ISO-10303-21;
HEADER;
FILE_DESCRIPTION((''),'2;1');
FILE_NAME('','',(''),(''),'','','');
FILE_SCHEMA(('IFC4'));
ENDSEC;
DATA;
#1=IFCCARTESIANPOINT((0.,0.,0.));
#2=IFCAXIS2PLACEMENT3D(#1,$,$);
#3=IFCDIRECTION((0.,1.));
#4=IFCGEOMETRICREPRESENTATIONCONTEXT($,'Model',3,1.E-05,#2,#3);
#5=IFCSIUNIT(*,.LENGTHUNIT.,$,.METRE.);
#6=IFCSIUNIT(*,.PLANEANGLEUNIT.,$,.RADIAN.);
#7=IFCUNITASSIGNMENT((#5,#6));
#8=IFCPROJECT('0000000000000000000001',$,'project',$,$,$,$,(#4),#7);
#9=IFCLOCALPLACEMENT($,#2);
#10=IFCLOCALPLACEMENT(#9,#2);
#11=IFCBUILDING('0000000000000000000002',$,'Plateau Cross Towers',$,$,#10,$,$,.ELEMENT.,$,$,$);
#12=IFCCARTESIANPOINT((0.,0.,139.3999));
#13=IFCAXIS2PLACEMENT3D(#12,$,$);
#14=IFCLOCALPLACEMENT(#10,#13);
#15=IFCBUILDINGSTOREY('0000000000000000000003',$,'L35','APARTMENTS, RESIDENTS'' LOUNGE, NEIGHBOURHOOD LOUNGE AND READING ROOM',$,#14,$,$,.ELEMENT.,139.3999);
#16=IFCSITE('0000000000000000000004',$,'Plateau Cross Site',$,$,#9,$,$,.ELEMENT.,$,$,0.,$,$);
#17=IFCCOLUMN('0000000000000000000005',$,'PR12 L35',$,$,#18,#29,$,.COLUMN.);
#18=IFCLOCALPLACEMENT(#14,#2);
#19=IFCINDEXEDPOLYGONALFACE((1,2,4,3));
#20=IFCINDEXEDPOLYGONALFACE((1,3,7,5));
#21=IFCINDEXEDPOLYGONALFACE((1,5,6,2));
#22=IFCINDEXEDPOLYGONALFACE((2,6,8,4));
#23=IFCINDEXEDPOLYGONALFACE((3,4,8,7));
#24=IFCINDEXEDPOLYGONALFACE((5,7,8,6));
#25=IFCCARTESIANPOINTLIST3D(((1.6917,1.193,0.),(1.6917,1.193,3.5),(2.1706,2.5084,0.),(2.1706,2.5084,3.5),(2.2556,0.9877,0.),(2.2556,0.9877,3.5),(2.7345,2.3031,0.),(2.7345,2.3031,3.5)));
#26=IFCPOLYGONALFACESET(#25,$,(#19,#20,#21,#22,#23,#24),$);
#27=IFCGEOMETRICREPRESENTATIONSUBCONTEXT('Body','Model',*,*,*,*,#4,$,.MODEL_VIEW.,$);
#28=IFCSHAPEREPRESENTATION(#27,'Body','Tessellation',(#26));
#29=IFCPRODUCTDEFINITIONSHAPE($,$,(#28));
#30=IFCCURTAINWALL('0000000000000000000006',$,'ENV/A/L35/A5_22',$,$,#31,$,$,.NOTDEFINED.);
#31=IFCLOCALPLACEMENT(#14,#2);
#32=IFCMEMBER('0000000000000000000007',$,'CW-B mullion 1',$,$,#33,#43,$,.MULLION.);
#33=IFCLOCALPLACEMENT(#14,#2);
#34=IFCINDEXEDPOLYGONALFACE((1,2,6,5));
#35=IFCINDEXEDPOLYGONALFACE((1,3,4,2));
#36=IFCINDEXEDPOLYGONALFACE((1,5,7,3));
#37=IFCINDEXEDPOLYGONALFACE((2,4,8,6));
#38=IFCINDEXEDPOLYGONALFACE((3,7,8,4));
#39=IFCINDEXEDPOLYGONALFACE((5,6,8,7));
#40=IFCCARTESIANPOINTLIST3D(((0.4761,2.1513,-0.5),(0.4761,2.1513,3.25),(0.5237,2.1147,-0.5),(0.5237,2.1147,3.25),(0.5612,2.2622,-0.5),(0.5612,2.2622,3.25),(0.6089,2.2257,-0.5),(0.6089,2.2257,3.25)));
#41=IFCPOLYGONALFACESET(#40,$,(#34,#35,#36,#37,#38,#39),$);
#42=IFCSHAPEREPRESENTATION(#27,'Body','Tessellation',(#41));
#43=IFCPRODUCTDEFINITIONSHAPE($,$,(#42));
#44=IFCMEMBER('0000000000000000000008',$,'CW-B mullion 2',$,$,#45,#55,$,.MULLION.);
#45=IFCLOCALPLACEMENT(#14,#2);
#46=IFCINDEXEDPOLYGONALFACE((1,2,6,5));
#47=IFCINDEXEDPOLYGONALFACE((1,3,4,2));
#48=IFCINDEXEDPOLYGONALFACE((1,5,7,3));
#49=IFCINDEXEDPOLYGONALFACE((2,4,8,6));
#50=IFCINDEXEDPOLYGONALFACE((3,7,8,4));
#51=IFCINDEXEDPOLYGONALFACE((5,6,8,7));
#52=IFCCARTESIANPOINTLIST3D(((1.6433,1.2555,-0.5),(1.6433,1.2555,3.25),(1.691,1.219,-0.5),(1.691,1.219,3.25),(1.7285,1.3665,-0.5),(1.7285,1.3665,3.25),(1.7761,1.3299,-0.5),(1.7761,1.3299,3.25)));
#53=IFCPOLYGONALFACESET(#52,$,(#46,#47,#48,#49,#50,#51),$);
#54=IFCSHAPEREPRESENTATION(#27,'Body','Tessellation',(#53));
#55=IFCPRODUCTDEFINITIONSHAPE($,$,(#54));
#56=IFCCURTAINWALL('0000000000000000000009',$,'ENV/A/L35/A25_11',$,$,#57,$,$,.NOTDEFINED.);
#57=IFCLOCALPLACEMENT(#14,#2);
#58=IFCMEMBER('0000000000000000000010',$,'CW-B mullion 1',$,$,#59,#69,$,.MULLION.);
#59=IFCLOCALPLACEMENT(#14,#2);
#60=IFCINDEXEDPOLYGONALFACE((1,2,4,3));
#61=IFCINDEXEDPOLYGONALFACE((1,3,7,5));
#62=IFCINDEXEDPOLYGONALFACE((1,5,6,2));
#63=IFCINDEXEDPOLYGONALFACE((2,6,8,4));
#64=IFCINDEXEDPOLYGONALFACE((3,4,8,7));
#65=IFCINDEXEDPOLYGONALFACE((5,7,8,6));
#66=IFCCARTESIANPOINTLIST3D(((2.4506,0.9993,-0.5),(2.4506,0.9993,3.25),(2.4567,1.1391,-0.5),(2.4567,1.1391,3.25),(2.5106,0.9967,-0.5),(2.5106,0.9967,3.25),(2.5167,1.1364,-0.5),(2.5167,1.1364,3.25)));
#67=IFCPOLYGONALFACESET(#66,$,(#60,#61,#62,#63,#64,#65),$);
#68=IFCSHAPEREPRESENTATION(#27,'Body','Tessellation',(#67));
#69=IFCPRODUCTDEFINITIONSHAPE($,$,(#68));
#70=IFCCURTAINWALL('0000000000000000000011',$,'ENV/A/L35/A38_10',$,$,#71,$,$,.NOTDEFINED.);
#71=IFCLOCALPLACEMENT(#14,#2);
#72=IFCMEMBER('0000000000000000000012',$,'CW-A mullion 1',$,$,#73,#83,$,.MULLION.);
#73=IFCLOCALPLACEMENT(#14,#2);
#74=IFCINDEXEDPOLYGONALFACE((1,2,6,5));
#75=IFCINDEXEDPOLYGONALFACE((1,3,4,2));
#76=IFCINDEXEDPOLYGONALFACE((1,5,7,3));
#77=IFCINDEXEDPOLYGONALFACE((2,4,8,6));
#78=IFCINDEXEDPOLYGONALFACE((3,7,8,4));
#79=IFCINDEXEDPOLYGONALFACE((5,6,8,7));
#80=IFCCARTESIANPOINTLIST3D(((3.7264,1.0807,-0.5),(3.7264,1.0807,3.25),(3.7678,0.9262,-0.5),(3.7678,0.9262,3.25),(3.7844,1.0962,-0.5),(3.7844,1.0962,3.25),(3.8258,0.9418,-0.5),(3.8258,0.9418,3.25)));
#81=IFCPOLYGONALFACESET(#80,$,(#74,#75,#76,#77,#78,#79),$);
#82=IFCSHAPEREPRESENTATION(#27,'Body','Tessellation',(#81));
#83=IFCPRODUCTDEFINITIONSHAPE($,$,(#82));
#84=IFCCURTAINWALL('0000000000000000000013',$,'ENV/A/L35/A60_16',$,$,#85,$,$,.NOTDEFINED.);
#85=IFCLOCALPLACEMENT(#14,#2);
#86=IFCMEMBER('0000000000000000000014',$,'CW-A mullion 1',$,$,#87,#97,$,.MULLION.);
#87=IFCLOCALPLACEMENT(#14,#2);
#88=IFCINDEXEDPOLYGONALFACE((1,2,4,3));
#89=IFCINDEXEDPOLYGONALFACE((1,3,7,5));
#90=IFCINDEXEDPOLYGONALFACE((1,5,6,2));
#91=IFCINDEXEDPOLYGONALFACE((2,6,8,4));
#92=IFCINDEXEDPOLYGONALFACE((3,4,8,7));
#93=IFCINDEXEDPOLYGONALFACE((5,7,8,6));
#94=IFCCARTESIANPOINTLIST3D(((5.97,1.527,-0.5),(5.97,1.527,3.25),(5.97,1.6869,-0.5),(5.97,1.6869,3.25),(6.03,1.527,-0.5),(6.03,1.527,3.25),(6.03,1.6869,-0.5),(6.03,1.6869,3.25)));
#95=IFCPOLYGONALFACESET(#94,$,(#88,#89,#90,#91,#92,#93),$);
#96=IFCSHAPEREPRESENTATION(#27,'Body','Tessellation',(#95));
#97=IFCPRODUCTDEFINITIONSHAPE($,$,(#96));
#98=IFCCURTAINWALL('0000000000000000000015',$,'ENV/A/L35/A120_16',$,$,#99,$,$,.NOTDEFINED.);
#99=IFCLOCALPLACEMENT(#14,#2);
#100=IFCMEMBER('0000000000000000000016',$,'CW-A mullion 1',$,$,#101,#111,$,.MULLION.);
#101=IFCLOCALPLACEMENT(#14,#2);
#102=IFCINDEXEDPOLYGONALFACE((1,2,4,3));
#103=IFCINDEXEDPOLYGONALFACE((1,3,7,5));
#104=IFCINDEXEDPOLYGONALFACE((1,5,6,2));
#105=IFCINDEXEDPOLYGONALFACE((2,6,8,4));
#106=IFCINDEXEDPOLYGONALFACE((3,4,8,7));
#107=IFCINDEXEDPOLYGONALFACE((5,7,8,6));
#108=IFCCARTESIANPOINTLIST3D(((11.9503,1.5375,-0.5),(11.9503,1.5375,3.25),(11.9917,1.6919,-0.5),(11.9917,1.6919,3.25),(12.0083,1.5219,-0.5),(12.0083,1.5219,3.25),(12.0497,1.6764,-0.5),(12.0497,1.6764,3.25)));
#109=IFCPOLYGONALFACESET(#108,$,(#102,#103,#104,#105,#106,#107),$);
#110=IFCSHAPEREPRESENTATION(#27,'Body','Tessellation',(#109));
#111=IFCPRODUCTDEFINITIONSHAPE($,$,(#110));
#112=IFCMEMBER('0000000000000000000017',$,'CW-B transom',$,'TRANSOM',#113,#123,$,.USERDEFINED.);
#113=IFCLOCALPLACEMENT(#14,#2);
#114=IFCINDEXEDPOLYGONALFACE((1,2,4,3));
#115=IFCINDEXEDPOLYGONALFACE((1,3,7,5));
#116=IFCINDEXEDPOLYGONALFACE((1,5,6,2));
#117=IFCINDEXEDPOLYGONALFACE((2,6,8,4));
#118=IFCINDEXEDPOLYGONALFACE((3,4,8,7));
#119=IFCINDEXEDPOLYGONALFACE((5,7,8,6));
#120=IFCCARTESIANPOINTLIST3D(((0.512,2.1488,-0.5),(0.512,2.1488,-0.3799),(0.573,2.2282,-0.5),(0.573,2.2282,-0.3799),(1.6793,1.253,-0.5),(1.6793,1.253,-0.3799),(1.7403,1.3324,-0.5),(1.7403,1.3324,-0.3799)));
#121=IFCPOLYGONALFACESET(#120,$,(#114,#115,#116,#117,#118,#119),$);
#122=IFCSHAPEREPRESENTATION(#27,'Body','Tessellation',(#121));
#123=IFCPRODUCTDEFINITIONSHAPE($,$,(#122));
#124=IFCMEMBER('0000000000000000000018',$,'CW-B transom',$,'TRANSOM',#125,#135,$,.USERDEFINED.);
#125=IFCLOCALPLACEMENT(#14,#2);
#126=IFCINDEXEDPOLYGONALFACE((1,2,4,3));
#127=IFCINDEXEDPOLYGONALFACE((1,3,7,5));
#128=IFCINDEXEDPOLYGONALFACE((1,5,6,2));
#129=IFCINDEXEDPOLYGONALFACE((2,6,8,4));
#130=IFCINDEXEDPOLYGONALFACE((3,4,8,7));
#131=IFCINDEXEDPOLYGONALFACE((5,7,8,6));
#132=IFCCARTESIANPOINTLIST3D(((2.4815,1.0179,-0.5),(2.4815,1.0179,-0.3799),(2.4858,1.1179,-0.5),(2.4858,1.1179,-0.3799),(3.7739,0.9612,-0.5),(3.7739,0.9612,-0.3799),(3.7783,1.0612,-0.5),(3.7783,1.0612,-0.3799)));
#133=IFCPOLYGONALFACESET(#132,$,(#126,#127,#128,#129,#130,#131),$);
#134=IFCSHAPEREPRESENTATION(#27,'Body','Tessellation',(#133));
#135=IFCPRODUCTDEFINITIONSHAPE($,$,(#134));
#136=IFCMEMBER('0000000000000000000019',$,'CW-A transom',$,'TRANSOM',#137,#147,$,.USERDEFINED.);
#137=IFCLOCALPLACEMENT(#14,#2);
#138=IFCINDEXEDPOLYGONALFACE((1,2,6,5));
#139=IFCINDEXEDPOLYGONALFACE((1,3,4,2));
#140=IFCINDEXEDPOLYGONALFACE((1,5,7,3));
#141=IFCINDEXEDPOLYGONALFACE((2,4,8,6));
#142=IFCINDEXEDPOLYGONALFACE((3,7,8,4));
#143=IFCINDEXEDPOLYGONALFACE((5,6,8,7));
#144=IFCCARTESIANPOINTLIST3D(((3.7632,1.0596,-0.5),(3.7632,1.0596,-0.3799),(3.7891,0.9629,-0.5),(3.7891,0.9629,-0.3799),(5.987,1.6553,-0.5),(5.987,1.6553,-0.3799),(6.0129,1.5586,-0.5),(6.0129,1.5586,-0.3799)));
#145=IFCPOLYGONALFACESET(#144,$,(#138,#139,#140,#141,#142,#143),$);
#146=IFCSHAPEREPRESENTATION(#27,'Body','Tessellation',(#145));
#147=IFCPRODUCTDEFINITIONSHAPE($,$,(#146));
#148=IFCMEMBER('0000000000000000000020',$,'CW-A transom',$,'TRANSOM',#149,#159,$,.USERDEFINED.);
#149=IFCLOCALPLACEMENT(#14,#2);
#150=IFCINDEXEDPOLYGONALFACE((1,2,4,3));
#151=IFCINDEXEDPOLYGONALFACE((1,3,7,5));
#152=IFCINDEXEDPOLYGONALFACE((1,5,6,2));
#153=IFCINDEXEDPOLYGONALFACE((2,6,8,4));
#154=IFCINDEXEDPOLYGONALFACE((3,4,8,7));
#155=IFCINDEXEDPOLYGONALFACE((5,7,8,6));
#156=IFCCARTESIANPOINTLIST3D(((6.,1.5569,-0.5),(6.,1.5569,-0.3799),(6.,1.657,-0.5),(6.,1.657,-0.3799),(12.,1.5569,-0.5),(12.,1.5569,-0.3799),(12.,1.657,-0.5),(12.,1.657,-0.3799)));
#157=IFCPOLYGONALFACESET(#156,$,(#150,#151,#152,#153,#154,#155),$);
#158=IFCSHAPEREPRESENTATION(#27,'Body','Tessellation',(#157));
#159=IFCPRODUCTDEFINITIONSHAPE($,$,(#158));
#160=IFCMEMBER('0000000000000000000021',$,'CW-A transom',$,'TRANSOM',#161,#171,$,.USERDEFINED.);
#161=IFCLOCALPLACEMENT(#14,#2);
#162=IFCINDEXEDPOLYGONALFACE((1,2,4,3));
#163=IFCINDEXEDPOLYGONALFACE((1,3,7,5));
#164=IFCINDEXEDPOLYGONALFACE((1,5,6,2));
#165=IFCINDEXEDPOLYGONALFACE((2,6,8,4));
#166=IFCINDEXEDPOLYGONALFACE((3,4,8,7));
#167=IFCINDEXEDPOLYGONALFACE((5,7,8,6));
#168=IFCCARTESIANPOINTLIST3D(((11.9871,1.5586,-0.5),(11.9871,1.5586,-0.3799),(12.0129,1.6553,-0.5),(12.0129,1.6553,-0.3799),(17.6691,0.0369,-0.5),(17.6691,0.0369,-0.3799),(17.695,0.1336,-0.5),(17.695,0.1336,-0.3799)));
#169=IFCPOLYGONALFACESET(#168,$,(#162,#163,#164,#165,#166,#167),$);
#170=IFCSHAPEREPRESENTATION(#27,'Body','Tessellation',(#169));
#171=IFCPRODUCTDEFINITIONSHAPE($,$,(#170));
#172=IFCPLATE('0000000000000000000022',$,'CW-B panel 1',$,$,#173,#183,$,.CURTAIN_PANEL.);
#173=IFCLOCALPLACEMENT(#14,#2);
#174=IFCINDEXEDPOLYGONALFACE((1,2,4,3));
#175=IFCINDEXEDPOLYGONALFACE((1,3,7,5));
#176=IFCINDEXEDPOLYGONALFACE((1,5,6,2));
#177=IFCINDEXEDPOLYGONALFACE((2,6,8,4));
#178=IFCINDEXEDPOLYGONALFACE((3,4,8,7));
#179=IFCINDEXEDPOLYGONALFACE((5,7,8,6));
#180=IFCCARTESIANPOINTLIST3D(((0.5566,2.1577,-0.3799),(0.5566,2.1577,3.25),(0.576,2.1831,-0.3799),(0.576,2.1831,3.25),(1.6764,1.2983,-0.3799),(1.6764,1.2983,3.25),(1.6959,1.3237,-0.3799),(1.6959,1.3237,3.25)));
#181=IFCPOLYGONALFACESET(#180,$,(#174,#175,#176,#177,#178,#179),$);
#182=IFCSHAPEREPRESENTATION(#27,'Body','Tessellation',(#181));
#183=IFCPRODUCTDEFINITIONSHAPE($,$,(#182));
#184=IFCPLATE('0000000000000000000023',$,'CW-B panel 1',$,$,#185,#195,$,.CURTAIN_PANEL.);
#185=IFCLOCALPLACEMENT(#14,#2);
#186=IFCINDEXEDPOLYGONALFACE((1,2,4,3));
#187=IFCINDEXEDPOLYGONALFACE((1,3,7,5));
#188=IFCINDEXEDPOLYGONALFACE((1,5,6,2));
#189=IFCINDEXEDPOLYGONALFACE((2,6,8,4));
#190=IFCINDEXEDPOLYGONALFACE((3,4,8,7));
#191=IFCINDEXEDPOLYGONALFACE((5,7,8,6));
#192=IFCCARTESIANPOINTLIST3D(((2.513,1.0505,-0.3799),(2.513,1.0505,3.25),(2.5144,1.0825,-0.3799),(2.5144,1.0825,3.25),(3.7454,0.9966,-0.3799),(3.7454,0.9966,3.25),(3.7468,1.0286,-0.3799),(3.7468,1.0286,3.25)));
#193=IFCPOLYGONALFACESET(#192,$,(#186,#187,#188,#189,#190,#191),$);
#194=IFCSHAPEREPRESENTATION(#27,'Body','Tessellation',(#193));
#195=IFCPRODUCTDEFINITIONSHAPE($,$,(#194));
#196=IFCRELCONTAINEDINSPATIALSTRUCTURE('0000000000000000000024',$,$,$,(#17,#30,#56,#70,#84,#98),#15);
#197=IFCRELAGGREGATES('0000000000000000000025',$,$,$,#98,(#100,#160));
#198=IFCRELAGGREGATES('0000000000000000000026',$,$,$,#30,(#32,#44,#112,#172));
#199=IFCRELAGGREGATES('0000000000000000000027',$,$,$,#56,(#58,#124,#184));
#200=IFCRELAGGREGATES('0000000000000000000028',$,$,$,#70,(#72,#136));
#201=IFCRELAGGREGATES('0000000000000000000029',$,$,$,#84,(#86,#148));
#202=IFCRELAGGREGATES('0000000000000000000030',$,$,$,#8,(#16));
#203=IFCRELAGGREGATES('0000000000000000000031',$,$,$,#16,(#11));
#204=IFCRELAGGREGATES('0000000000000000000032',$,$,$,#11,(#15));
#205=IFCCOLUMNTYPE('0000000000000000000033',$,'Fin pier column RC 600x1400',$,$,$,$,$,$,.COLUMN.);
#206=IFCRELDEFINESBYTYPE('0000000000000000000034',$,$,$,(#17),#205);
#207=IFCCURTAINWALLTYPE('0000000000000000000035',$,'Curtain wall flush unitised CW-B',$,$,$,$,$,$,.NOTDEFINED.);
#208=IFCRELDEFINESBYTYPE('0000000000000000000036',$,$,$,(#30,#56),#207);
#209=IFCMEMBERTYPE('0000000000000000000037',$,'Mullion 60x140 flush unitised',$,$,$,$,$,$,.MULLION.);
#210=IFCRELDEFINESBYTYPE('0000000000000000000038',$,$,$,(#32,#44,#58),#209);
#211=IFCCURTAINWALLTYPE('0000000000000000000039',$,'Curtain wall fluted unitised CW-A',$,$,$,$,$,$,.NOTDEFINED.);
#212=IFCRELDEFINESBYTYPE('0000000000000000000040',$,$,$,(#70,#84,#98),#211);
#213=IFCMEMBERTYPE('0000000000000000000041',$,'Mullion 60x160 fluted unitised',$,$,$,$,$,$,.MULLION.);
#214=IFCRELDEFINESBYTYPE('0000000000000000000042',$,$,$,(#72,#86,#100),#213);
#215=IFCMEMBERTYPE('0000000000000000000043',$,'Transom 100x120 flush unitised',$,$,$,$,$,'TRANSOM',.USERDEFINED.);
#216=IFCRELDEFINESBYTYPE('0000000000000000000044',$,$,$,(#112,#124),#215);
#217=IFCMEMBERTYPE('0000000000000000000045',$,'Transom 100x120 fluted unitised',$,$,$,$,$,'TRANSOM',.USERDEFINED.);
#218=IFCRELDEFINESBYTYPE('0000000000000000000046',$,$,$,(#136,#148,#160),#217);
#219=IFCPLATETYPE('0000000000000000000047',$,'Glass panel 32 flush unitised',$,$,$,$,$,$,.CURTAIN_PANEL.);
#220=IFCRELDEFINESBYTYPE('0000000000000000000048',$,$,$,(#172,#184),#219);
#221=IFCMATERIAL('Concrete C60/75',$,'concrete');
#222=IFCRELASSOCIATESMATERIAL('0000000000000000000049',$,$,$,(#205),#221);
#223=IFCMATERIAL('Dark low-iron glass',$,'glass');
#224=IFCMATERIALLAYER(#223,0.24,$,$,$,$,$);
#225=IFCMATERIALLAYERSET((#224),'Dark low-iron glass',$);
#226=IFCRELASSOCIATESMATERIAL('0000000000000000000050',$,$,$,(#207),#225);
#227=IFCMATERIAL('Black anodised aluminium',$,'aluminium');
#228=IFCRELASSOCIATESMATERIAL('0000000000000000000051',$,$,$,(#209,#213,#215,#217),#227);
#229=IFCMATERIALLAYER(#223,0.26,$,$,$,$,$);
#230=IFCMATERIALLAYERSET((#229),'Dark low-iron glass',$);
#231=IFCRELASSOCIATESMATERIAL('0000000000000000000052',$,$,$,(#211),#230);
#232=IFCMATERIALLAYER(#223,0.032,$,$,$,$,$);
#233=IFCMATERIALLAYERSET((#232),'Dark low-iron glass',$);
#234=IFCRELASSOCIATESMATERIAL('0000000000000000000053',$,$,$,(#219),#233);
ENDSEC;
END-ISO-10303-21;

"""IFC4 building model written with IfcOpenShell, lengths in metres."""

from ifc_helpers import new_model, si_unit, direction, frame, origin, origin_2d, place, context, subcontext, project, spatial, rectangle, extrude, material, layer, layer_set, material_profile, profile_set, type_object, element, aggregate, save


model = new_model("IFC4")

# Units and contexts
model_context = context("Model", 3, precision=1e-05, world=origin(), true_north=direction((0.0, 1.0)))
body_context = subcontext(model_context, "Body", "Model", "MODEL_VIEW")
ifc_project = project(units=[si_unit("LENGTHUNIT", "METRE"), si_unit("PLANEANGLEUNIT", "RADIAN")], contexts=[model_context])

# Site, building, storey
site_placement = place(None, origin())
site = spatial("IfcSite", under=ifc_project, at=site_placement, Name="Plateau Cross Site", CompositionType="ELEMENT", RefElevation=0.0)
building_placement = place(site_placement, origin())
building = spatial("IfcBuilding", under=site, at=building_placement, Name="Plateau Cross Towers", CompositionType="ELEMENT")
storey_placement = place(building_placement, frame((0.0, 0.0, 139.3999)))
storey = spatial("IfcBuildingStorey", under=building, at=storey_placement, Name="L35", Description="APARTMENTS, RESIDENTS' LOUNGE, NEIGHBOURHOOD LOUNGE AND READING ROOM", CompositionType="ELEMENT", Elevation=139.3999)

# Column
ifc_material_1 = material(Name="Concrete C60/75", Category="concrete")
ifc_material_profile_1 = material_profile(ifc_material_1, rectangle(XDim=0.6001, YDim=1.3999, at=origin_2d()), Name="RC 600x1400")
ifc_profile_set_1 = profile_set([ifc_material_profile_1], Name="Concrete C60/75")
column_type = type_object("IfcColumnType", Name="Fin pier column RC 600x1400", PredefinedType="COLUMN", material=ifc_profile_set_1)
column_placement = place(storey_placement, frame((2.2131, 1.748, 0.0), z_axis=(0.0, 0.0, 1.0), x_axis=(-0.939664, 0.342098, 0.0)))
element("IfcColumn", 1, at=column_placement, inside=storey, type_object=column_type, Name="PR12 L35", PredefinedType="COLUMN", context=body_context, shape_type="SweptSolid", body=[
    extrude(rectangle(XDim=0.6001, YDim=1.3999, at=origin_2d()), origin(), (0.0, 0.0, 1.0), 3.5),
])

# Curtain wall, members
ifc_material_2 = material(Name="Dark low-iron glass", Category="glass")
ifc_layer_1 = layer(ifc_material_2, 0.24)
ifc_layer_set_1 = layer_set([ifc_layer_1], Name="Dark low-iron glass")
curtain_wall_type_1 = type_object("IfcCurtainWallType", Name="Curtain wall flush unitised CW-B", PredefinedType="NOTDEFINED", material=ifc_layer_set_1)
curtain_wall_1_placement = place(storey_placement, origin())
curtain_wall_1 = element("IfcCurtainWall", 2, at=curtain_wall_1_placement, inside=storey, type_object=curtain_wall_type_1, Name="ENV/A/L35/A5_22", PredefinedType="NOTDEFINED")
ifc_material_3 = material(Name="Black anodised aluminium", Category="aluminium")
ifc_material_profile_2 = material_profile(ifc_material_3, rectangle(XDim=0.0601, YDim=0.1399, at=origin_2d()), Name="MULLION 60x140")
ifc_profile_set_2 = profile_set([ifc_material_profile_2], Name="Black anodised aluminium")
member_type_1 = type_object("IfcMemberType", Name="Mullion 60x140 flush unitised", PredefinedType="MULLION", material=ifc_profile_set_2)
member_1_placement = place(storey_placement, frame((0.5425, 2.1885, -0.5), z_axis=(0.0, 0.0, 1.0), x_axis=(0.793316, -0.608811, 0.0)))
member_1 = element("IfcMember", 3, at=member_1_placement, type_object=member_type_1, Name="CW-B mullion 1", PredefinedType="MULLION", context=body_context, shape_type="SweptSolid", body=[
    extrude(rectangle(XDim=0.0601, YDim=0.1399, at=origin_2d()), origin(), (0.0, 0.0, 1.0), 3.75),
])
member_2_placement = place(storey_placement, frame((1.7097, 1.2927, -0.5), z_axis=(0.0, 0.0, 1.0), x_axis=(0.793316, -0.608811, 0.0)))
member_2 = element("IfcMember", 4, at=member_2_placement, type_object=member_type_1, Name="CW-B mullion 2", PredefinedType="MULLION", context=body_context, shape_type="SweptSolid", body=[
    extrude(rectangle(XDim=0.0601, YDim=0.1399, at=origin_2d()), origin(), (0.0, 0.0, 1.0), 3.75),
])

# Curtain walls, members
curtain_wall_2_placement = place(storey_placement, origin())
curtain_wall_2 = element("IfcCurtainWall", 5, at=curtain_wall_2_placement, inside=storey, type_object=curtain_wall_type_1, Name="ENV/A/L35/A25_11", PredefinedType="NOTDEFINED")
member_3_placement = place(storey_placement, frame((2.4836, 1.0679, -0.5), z_axis=(0.0, 0.0, 1.0), x_axis=(0.999044, -0.043723, 0.0)))
member_3 = element("IfcMember", 6, at=member_3_placement, type_object=member_type_1, Name="CW-B mullion 1", PredefinedType="MULLION", context=body_context, shape_type="SweptSolid", body=[
    extrude(rectangle(XDim=0.0601, YDim=0.1399, at=origin_2d()), origin(), (0.0, 0.0, 1.0), 3.75),
])
ifc_layer_2 = layer(ifc_material_2, 0.26)
ifc_layer_set_2 = layer_set([ifc_layer_2], Name="Dark low-iron glass")
curtain_wall_type_2 = type_object("IfcCurtainWallType", Name="Curtain wall fluted unitised CW-A", PredefinedType="NOTDEFINED", material=ifc_layer_set_2)
curtain_wall_3_placement = place(storey_placement, origin())
curtain_wall_3 = element("IfcCurtainWall", 7, at=curtain_wall_3_placement, inside=storey, type_object=curtain_wall_type_2, Name="ENV/A/L35/A38_10", PredefinedType="NOTDEFINED")
ifc_material_profile_3 = material_profile(ifc_material_3, rectangle(XDim=0.0601, YDim=0.1599, at=origin_2d()), Name="MULLION 60x160")
ifc_profile_set_3 = profile_set([ifc_material_profile_3], Name="Black anodised aluminium")
member_type_2 = type_object("IfcMemberType", Name="Mullion 60x160 fluted unitised", PredefinedType="MULLION", material=ifc_profile_set_3)
member_4_placement = place(storey_placement, frame((3.7761, 1.0112, -0.5), z_axis=(0.0, 0.0, 1.0), x_axis=(0.965958, 0.258699, 0.0)))
member_4 = element("IfcMember", 8, at=member_4_placement, type_object=member_type_2, Name="CW-A mullion 1", PredefinedType="MULLION", context=body_context, shape_type="SweptSolid", body=[
    extrude(rectangle(XDim=0.0601, YDim=0.1599, at=origin_2d()), origin(), (0.0, 0.0, 1.0), 3.75),
])
curtain_wall_4_placement = place(storey_placement, origin())
curtain_wall_4 = element("IfcCurtainWall", 9, at=curtain_wall_4_placement, inside=storey, type_object=curtain_wall_type_2, Name="ENV/A/L35/A60_16", PredefinedType="NOTDEFINED")
member_5_placement = place(storey_placement, frame((6.0, 1.6069, -0.5), z_axis=(0.0, 0.0, 1.0), x_axis=(1.0, 0.0, 0.0)))
member_5 = element("IfcMember", 10, at=member_5_placement, type_object=member_type_2, Name="CW-A mullion 1", PredefinedType="MULLION", context=body_context, shape_type="SweptSolid", body=[
    extrude(rectangle(XDim=0.0601, YDim=0.1599, at=origin_2d()), origin(), (0.0, 0.0, 1.0), 3.75),
])
curtain_wall_5_placement = place(storey_placement, origin())
curtain_wall_5 = element("IfcCurtainWall", 11, at=curtain_wall_5_placement, inside=storey, type_object=curtain_wall_type_2, Name="ENV/A/L35/A120_16", PredefinedType="NOTDEFINED")
member_6_placement = place(storey_placement, frame((12.0, 1.6069, -0.5), z_axis=(0.0, 0.0, 1.0), x_axis=(0.965958, -0.258699, 0.0)))
member_6 = element("IfcMember", 12, at=member_6_placement, type_object=member_type_2, Name="CW-A mullion 1", PredefinedType="MULLION", context=body_context, shape_type="SweptSolid", body=[
    extrude(rectangle(XDim=0.0601, YDim=0.1599, at=origin_2d()), origin(), (0.0, 0.0, 1.0), 3.75),
])

# Members
ifc_material_profile_4 = material_profile(ifc_material_3, rectangle(XDim=0.1001, YDim=0.1201, at=origin_2d()), Name="TRANSOM 100x120")
ifc_profile_set_4 = profile_set([ifc_material_profile_4], Name="Black anodised aluminium")
member_type_3 = type_object("IfcMemberType", Name="Transom 100x120 flush unitised", ElementType="TRANSOM", PredefinedType="USERDEFINED", material=ifc_profile_set_4)
member_7_placement = place(storey_placement, frame((0.5425, 2.1885, -0.4399), z_axis=(0.793321, -0.608804, 0.0), x_axis=(0.608804, 0.793321, 0.0)))
member_7 = element("IfcMember", 13, at=member_7_placement, type_object=member_type_3, Name="CW-B transom", ObjectType="TRANSOM", PredefinedType="USERDEFINED", context=body_context, shape_type="SweptSolid", body=[
    extrude(rectangle(XDim=0.1001, YDim=0.1201, at=origin_2d()), origin(), (0.0, 0.0, 1.0), 1.4714),
])
member_8_placement = place(storey_placement, frame((2.4836, 1.0679, -0.4399), z_axis=(0.999041, -0.043781, 0.0), x_axis=(0.043781, 0.999041, 0.0)))
member_8 = element("IfcMember", 14, at=member_8_placement, type_object=member_type_3, Name="CW-B transom", ObjectType="TRANSOM", PredefinedType="USERDEFINED", context=body_context, shape_type="SweptSolid", body=[
    extrude(rectangle(XDim=0.1001, YDim=0.1201, at=origin_2d()), origin(), (0.0, 0.0, 1.0), 1.2937),
])
ifc_material_profile_5 = material_profile(ifc_material_3, rectangle(XDim=0.1001, YDim=0.1201, at=origin_2d()), Name="TRANSOM 100x120")
ifc_profile_set_5 = profile_set([ifc_material_profile_5], Name="Black anodised aluminium")
member_type_4 = type_object("IfcMemberType", Name="Transom 100x120 fluted unitised", ElementType="TRANSOM", PredefinedType="USERDEFINED", material=ifc_profile_set_5)
member_9_placement = place(storey_placement, frame((3.7761, 1.0112, -0.4399), z_axis=(0.965946, 0.258745, 0.0), x_axis=(-0.258745, 0.965946, 0.0)))
member_9 = element("IfcMember", 15, at=member_9_placement, type_object=member_type_4, Name="CW-A transom", ObjectType="TRANSOM", PredefinedType="USERDEFINED", context=body_context, shape_type="SweptSolid", body=[
    extrude(rectangle(XDim=0.1001, YDim=0.1201, at=origin_2d()), origin(), (0.0, 0.0, 1.0), 2.3022),
])
member_10_placement = place(storey_placement, frame((6.0, 1.6069, -0.4399), z_axis=(1.0, 0.0, 0.0), x_axis=(0.0, 1.0, 0.0)))
member_10 = element("IfcMember", 16, at=member_10_placement, type_object=member_type_4, Name="CW-A transom", ObjectType="TRANSOM", PredefinedType="USERDEFINED", context=body_context, shape_type="SweptSolid", body=[
    extrude(rectangle(XDim=0.1001, YDim=0.1201, at=origin_2d()), origin(), (0.0, 0.0, 1.0), 6.0),
])
member_11_placement = place(storey_placement, frame((12.0, 1.6069, -0.4399), z_axis=(0.96596, -0.258693, 0.0), x_axis=(0.258693, 0.96596, 0.0)))
member_11 = element("IfcMember", 17, at=member_11_placement, type_object=member_type_4, Name="CW-A transom", ObjectType="TRANSOM", PredefinedType="USERDEFINED", context=body_context, shape_type="SweptSolid", body=[
    extrude(rectangle(XDim=0.1001, YDim=0.1201, at=origin_2d()), origin(), (0.0, 0.0, 1.0), 5.8823),
])
aggregate(curtain_wall_5, [member_6, member_11])

# Plates
ifc_layer_3 = layer(ifc_material_2, 0.032)
ifc_layer_set_3 = layer_set([ifc_layer_3], Name="Dark low-iron glass")
plate_type_1 = type_object("IfcPlateType", Name="Glass panel 32 flush unitised", PredefinedType="CURTAIN_PANEL", material=ifc_layer_set_3)
plate_1_placement = place(storey_placement, frame((1.1262, 1.7407, -0.3799), z_axis=(0.0, 0.0, 1.0), x_axis=(0.793316, -0.608811, 0.0)))
plate_1 = element("IfcPlate", 18, at=plate_1_placement, type_object=plate_type_1, Name="CW-B panel 1", PredefinedType="CURTAIN_PANEL", context=body_context, shape_type="SweptSolid", body=[
    extrude(rectangle(XDim=1.4116, YDim=0.032, at=origin_2d()), origin(), (0.0, 0.0, 1.0), 3.6299),
])
aggregate(curtain_wall_1, [member_1, member_2, member_7, plate_1])
plate_2_placement = place(storey_placement, frame((3.1299, 1.0396, -0.3799), z_axis=(0.0, 0.0, 1.0), x_axis=(0.999044, -0.043723, 0.0)))
plate_2 = element("IfcPlate", 19, at=plate_2_placement, type_object=plate_type_1, Name="CW-B panel 1", PredefinedType="CURTAIN_PANEL", context=body_context, shape_type="SweptSolid", body=[
    extrude(rectangle(XDim=1.2336, YDim=0.032, at=origin_2d()), origin(), (0.0, 0.0, 1.0), 3.6299),
])
aggregate(curtain_wall_2, [member_3, member_8, plate_2])
aggregate(curtain_wall_3, [member_4, member_9])
aggregate(curtain_wall_4, [member_5, member_10])

save(model, "model.ifc")
